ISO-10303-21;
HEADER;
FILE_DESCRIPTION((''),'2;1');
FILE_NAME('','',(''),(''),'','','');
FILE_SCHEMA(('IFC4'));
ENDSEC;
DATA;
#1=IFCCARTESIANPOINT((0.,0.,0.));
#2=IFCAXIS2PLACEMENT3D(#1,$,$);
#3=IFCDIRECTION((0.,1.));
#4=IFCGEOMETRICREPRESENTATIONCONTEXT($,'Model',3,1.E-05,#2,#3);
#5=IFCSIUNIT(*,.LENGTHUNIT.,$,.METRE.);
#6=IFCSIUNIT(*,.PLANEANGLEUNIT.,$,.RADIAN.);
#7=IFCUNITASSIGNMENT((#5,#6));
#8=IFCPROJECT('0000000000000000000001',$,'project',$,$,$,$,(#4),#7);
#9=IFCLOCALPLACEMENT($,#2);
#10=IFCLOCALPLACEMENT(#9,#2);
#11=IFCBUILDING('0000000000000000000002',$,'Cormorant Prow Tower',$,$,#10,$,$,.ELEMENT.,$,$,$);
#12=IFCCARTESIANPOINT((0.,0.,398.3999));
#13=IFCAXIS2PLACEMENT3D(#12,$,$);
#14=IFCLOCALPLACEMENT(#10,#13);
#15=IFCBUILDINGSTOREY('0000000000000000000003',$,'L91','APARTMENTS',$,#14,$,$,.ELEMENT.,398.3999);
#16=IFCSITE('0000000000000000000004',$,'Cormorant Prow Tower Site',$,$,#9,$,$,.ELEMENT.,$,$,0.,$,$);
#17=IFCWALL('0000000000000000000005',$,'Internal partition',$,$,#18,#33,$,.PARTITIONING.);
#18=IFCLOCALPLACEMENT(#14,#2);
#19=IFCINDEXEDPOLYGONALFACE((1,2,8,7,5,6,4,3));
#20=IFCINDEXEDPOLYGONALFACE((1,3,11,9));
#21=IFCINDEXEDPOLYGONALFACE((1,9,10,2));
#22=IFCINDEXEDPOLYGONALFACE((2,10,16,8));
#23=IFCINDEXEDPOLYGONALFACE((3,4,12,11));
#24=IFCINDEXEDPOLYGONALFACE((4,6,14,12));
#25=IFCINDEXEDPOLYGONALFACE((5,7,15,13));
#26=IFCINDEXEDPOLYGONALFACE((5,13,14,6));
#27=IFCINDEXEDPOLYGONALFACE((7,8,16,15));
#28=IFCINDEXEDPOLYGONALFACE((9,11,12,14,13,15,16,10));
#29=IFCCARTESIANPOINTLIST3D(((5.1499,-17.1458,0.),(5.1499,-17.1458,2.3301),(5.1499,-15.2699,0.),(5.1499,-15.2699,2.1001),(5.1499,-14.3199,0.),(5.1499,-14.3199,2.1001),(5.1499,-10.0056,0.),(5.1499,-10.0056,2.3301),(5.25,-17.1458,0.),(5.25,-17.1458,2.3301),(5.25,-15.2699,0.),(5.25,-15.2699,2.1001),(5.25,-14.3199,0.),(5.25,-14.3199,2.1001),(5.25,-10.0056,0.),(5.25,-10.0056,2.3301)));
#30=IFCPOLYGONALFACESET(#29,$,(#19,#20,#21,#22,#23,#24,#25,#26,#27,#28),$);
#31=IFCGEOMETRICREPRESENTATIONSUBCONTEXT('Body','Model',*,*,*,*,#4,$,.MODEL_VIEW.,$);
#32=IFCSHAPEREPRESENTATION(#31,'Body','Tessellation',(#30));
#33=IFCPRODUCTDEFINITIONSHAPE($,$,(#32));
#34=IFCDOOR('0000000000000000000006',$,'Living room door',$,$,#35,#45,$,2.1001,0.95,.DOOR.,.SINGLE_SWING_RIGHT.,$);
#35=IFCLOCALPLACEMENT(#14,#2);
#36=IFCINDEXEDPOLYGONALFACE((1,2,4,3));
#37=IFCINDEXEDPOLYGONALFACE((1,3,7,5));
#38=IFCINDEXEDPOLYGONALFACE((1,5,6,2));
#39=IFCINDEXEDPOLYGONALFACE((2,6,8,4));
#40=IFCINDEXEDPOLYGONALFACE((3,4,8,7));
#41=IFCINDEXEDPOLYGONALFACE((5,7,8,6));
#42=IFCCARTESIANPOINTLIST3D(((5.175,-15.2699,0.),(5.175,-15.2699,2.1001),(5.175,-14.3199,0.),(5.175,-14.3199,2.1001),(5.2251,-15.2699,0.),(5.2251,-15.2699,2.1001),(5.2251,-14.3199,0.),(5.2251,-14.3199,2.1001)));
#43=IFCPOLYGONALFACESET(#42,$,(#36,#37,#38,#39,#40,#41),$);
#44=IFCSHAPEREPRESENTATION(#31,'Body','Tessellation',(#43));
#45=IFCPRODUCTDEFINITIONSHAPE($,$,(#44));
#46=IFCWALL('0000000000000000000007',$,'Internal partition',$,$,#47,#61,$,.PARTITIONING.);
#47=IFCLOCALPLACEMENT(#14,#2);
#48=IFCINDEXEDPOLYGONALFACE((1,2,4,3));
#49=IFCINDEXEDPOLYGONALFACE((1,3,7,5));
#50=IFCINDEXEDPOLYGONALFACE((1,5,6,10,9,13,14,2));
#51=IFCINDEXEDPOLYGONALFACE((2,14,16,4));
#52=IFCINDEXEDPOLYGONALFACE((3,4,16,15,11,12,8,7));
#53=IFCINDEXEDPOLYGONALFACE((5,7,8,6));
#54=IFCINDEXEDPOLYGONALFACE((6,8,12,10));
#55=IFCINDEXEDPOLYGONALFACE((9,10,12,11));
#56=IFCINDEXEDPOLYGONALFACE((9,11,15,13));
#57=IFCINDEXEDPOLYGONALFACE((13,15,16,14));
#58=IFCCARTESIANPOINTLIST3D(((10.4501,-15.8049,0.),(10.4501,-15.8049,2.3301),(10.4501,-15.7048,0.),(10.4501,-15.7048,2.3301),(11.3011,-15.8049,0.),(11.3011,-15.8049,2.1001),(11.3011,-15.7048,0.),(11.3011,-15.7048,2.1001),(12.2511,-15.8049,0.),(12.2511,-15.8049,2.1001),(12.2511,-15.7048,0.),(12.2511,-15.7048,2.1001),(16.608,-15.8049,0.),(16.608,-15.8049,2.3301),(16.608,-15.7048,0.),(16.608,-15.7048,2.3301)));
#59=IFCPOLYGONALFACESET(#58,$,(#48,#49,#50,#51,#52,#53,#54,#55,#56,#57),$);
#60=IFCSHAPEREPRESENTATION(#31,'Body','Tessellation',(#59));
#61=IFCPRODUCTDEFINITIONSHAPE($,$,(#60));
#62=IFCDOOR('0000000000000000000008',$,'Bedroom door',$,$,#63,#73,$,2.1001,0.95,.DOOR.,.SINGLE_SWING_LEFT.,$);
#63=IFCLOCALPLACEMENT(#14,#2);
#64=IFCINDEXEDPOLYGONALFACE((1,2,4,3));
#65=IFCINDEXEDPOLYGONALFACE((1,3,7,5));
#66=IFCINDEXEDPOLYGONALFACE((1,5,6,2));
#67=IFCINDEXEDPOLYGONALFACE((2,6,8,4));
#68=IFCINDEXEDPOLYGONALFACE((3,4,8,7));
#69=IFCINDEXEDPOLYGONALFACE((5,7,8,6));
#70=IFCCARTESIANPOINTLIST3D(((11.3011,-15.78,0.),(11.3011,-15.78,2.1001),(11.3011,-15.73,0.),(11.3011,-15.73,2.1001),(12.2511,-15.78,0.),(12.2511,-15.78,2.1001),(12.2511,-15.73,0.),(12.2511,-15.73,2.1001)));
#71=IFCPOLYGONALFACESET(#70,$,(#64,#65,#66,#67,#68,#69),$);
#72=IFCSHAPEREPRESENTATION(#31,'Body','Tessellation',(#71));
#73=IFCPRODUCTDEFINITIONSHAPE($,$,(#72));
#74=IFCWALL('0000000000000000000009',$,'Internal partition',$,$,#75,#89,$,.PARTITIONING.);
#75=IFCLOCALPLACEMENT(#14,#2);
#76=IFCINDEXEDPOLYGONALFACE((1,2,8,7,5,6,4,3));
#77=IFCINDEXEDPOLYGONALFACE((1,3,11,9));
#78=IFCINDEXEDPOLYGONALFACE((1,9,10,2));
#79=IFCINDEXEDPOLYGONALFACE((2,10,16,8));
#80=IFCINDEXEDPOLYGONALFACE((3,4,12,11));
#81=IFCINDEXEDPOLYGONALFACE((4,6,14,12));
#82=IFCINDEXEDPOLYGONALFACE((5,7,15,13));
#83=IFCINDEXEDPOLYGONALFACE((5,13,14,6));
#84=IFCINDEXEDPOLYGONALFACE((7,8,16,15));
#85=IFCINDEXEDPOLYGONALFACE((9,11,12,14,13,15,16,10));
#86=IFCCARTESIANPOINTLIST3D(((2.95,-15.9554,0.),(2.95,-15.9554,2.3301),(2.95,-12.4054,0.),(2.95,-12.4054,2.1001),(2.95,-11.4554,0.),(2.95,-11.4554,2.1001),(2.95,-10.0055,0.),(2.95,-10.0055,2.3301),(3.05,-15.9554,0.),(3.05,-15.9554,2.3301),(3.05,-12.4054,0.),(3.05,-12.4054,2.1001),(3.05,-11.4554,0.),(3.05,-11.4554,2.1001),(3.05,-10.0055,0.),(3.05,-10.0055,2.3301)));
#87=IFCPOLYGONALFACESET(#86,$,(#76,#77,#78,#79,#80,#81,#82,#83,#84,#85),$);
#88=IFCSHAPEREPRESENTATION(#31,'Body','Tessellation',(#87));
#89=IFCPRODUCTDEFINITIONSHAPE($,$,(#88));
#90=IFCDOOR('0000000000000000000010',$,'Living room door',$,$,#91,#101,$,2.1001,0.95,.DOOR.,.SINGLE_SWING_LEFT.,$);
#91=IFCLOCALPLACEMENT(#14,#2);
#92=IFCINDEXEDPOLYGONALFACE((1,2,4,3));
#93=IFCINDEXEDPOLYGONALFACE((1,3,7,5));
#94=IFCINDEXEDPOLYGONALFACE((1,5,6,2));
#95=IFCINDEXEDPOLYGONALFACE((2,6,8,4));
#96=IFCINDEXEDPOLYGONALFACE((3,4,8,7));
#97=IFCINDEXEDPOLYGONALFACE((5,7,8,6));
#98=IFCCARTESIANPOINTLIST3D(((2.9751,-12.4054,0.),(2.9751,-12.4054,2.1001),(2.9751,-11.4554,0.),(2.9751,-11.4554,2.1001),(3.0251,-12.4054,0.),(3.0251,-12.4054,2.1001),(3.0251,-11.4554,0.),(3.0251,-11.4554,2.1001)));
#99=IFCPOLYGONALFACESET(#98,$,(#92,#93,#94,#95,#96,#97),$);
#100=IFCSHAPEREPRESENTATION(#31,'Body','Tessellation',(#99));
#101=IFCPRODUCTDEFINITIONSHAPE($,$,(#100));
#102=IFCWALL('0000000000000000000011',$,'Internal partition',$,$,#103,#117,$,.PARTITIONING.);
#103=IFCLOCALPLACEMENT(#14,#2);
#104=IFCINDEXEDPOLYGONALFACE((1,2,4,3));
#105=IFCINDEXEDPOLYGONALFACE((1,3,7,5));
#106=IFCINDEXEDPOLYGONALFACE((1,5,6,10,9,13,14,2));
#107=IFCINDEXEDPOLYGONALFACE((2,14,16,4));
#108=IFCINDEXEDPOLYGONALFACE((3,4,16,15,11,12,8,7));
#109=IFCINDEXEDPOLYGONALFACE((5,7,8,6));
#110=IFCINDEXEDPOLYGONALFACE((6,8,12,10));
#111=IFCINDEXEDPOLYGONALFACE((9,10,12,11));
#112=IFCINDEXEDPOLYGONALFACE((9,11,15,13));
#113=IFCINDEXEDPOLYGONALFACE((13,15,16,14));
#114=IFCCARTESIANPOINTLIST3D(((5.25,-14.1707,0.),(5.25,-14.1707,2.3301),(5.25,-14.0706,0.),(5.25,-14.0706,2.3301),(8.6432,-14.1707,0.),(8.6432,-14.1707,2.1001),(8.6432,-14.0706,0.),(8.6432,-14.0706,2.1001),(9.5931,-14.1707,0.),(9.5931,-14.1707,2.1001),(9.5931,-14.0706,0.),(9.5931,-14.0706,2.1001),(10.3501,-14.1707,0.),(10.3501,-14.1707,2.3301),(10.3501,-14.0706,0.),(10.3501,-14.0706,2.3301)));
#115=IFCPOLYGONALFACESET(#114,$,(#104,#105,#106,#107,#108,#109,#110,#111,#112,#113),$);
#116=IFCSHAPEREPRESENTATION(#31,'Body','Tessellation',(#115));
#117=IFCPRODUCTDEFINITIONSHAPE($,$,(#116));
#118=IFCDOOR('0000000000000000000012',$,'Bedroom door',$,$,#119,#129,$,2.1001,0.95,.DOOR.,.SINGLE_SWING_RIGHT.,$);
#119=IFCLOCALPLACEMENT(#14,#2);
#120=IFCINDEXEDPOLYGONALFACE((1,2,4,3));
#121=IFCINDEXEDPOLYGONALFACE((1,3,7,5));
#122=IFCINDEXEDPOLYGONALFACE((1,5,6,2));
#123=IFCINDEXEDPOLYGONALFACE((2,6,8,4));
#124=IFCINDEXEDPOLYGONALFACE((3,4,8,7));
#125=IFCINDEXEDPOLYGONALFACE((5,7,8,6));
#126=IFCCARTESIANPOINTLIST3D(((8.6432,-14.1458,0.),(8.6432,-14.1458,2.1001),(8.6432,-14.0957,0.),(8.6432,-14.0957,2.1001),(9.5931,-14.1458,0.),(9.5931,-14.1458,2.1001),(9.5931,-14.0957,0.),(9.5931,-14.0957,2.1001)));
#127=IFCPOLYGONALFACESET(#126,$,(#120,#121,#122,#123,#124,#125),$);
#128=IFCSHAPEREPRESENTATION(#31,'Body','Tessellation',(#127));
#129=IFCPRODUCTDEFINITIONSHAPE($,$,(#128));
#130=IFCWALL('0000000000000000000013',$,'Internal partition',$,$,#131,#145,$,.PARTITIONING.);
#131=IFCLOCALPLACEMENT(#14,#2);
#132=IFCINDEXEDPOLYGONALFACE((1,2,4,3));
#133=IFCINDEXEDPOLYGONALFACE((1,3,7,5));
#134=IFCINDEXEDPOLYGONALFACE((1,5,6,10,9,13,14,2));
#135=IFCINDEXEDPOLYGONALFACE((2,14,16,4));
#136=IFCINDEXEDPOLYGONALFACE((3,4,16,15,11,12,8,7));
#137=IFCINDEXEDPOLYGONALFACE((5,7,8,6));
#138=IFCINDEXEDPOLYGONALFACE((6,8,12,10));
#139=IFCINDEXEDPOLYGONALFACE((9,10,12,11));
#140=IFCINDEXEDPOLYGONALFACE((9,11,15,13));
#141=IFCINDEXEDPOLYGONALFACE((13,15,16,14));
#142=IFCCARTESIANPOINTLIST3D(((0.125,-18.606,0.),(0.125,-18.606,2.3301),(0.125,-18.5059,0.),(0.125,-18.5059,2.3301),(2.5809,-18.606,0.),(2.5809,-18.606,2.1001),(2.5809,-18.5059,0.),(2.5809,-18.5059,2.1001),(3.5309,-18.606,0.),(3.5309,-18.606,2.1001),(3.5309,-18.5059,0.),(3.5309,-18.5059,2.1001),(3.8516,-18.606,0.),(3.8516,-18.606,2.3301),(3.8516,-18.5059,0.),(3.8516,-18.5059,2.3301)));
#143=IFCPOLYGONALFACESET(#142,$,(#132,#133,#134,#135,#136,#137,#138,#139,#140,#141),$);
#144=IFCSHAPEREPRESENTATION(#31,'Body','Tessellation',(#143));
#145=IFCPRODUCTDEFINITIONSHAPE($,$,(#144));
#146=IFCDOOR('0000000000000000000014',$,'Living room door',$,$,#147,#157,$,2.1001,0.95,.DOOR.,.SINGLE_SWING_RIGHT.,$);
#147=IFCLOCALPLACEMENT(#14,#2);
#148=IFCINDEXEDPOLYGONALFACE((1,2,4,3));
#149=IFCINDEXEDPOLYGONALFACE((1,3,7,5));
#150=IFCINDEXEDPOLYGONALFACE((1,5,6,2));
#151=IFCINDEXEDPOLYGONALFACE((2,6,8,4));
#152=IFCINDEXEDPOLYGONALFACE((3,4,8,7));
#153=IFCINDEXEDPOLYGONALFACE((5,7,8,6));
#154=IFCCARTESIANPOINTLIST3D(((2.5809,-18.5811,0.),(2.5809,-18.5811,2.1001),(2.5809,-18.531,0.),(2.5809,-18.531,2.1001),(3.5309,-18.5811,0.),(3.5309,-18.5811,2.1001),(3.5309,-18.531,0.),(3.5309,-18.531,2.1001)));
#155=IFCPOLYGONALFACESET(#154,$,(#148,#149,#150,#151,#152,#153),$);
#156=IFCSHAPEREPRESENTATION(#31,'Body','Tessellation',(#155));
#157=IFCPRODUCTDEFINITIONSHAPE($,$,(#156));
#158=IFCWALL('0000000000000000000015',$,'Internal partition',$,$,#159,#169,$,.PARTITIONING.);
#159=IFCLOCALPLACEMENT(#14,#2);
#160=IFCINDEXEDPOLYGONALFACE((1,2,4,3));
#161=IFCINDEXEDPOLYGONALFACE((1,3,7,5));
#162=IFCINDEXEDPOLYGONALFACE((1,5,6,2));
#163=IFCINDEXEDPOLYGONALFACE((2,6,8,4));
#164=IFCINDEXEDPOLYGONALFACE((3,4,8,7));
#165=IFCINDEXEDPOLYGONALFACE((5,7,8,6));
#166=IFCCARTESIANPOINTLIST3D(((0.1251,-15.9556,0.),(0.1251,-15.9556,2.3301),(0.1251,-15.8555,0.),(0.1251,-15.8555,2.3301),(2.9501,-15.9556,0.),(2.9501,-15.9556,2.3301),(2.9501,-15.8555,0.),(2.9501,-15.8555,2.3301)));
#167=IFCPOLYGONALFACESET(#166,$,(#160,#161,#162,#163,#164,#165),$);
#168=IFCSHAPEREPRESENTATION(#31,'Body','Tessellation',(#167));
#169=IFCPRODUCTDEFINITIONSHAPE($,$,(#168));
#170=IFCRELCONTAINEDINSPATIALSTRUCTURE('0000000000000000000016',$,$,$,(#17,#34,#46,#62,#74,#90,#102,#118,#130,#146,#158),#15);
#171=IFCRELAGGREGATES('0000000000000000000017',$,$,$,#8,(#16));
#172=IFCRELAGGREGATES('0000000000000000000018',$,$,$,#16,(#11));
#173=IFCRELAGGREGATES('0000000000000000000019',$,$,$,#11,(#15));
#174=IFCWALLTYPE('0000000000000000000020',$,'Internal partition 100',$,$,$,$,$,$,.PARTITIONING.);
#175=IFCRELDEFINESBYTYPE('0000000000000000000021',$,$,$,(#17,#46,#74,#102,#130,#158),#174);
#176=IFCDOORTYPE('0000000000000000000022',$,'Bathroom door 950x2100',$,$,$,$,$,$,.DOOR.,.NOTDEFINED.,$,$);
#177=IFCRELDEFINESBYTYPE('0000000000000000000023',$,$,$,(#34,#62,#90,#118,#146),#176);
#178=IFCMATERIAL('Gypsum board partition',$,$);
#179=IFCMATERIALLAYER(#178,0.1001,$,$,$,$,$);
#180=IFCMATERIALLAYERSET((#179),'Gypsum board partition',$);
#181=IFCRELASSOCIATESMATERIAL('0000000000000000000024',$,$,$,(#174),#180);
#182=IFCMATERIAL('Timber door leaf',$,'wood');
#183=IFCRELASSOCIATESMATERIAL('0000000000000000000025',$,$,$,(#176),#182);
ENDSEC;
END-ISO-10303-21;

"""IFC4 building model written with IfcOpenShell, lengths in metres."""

from ifc_helpers import new_model, si_unit, direction, frame, frame_2d, origin, place, context, subcontext, project, spatial, rectangle, extrude, material, layer, layer_set, type_object, element, fill, save


model = new_model("IFC4")

# Units and contexts
model_context = context("Model", 3, precision=1e-05, world=origin(), true_north=direction((0.0, 1.0)))
body_context = subcontext(model_context, "Body", "Model", "MODEL_VIEW")
ifc_project = project(units=[si_unit("LENGTHUNIT", "METRE"), si_unit("PLANEANGLEUNIT", "RADIAN")], contexts=[model_context])

# Site, building, storey
site_placement = place(None, origin())
site = spatial("IfcSite", under=ifc_project, at=site_placement, Name="Cormorant Prow Tower Site", CompositionType="ELEMENT", RefElevation=0.0)
building_placement = place(site_placement, origin())
building = spatial("IfcBuilding", under=site, at=building_placement, Name="Cormorant Prow Tower", CompositionType="ELEMENT")
storey_placement = place(building_placement, frame((0.0, 0.0, 398.3999)))
storey = spatial("IfcBuildingStorey", under=building, at=storey_placement, Name="L91", Description="APARTMENTS", CompositionType="ELEMENT", Elevation=398.3999)

# Walls, openings, doors
ifc_material_1 = material(Name="Gypsum board partition")
ifc_layer_1 = layer(ifc_material_1, 0.1001)
ifc_layer_set_1 = layer_set([ifc_layer_1], Name="Gypsum board partition")
wall_type_1 = type_object("IfcWallType", Name="Internal partition 100", PredefinedType="PARTITIONING", material=ifc_layer_set_1)
ifc_material_2 = material(Name="Timber door leaf", Category="wood")
door_type_1 = type_object("IfcDoorType", Name="Bathroom door 950x2100", OperationType="NOTDEFINED", PredefinedType="DOOR", material=ifc_material_2)
wall_1_placement = place(storey_placement, frame((5.2, -17.1458, 0.0), z_axis=(0.0, 0.0, 1.0), x_axis=(0.0, 1.0, 0.0)))
wall_1 = element("IfcWall", 1, at=wall_1_placement, inside=storey, type_object=wall_type_1, Name="Internal partition", PredefinedType="PARTITIONING", context=body_context, shape_type="SweptSolid", body=[
    extrude(rectangle(XDim=7.1401, YDim=0.1001, at=frame_2d((3.5701, 0.0))), origin(), (0.0, 0.0, 1.0), 2.3301),
])
opening_1_placement = place(wall_1_placement, frame((1.8757, 0.0, 0.0)))
opening_1 = element("IfcOpeningElement", 2, at=opening_1_placement, cuts=wall_1, PredefinedType="OPENING", context=body_context, shape_type="SweptSolid", body=[
    extrude(rectangle(XDim=0.95, YDim=2.1001, at=frame_2d((0.4751, 1.05))), frame((0.0, 0.0601, 0.0), z_axis=(0.0, -1.0, 0.0), x_axis=(1.0, 0.0, 0.0)), (0.0, 0.0, 1.0), 0.1201),
])
door_1_placement = place(opening_1_placement, origin())
door_1 = element("IfcDoor", 3, at=door_1_placement, inside=storey, type_object=door_type_1, Name="Living room door", OperationType="SINGLE_SWING_RIGHT", OverallHeight=2.1001, OverallWidth=0.95, PredefinedType="DOOR", context=body_context, shape_type="SweptSolid", body=[
    extrude(rectangle(XDim=0.95, YDim=2.1001, at=frame_2d((0.4751, 1.05))), frame((0.0, 0.0249, 0.0), z_axis=(0.0, -1.0, 0.0), x_axis=(1.0, 0.0, 0.0)), (0.0, 0.0, 1.0), 0.05),
])
fill(opening_1, door_1)
wall_2_placement = place(storey_placement, frame((10.45, -15.7549, 0.0), z_axis=(0.0, 0.0, 1.0), x_axis=(1.0, 0.0, 0.0)))
wall_2 = element("IfcWall", 4, at=wall_2_placement, inside=storey, type_object=wall_type_1, Name="Internal partition", PredefinedType="PARTITIONING", context=body_context, shape_type="SweptSolid", body=[
    extrude(rectangle(XDim=6.158, YDim=0.1001, at=frame_2d((3.0791, 0.0))), origin(), (0.0, 0.0, 1.0), 2.3301),
])
opening_2_placement = place(wall_2_placement, frame((0.8511, 0.0, 0.0)))
opening_2 = element("IfcOpeningElement", 5, at=opening_2_placement, cuts=wall_2, PredefinedType="OPENING", context=body_context, shape_type="SweptSolid", body=[
    extrude(rectangle(XDim=0.95, YDim=2.1001, at=frame_2d((0.4751, 1.05))), frame((0.0, 0.0601, 0.0), z_axis=(0.0, -1.0, 0.0), x_axis=(1.0, 0.0, 0.0)), (0.0, 0.0, 1.0), 0.1201),
])
door_2_placement = place(opening_2_placement, origin())
door_2 = element("IfcDoor", 6, at=door_2_placement, inside=storey, type_object=door_type_1, Name="Bedroom door", OperationType="SINGLE_SWING_LEFT", OverallHeight=2.1001, OverallWidth=0.95, PredefinedType="DOOR", context=body_context, shape_type="SweptSolid", body=[
    extrude(rectangle(XDim=0.95, YDim=2.1001, at=frame_2d((0.4751, 1.05))), frame((0.0, 0.0249, 0.0), z_axis=(0.0, -1.0, 0.0), x_axis=(1.0, 0.0, 0.0)), (0.0, 0.0, 1.0), 0.05),
])
fill(opening_2, door_2)
wall_3_placement = place(storey_placement, frame((3.0, -15.9556, 0.0), z_axis=(0.0, 0.0, 1.0), x_axis=(0.0, 1.0, 0.0)))
wall_3 = element("IfcWall", 7, at=wall_3_placement, inside=storey, type_object=wall_type_1, Name="Internal partition", PredefinedType="PARTITIONING", context=body_context, shape_type="SweptSolid", body=[
    extrude(rectangle(XDim=5.95, YDim=0.1001, at=frame_2d((2.9751, 0.0))), origin(), (0.0, 0.0, 1.0), 2.3301),
])
opening_3_placement = place(wall_3_placement, frame((3.55, 0.0, 0.0)))
opening_3 = element("IfcOpeningElement", 8, at=opening_3_placement, cuts=wall_3, PredefinedType="OPENING", context=body_context, shape_type="SweptSolid", body=[
    extrude(rectangle(XDim=0.95, YDim=2.1001, at=frame_2d((0.4751, 1.05))), frame((0.0, 0.0601, 0.0), z_axis=(0.0, -1.0, 0.0), x_axis=(1.0, 0.0, 0.0)), (0.0, 0.0, 1.0), 0.1201),
])
door_3_placement = place(opening_3_placement, origin())
door_3 = element("IfcDoor", 9, at=door_3_placement, inside=storey, type_object=door_type_1, Name="Living room door", OperationType="SINGLE_SWING_LEFT", OverallHeight=2.1001, OverallWidth=0.95, PredefinedType="DOOR", context=body_context, shape_type="SweptSolid", body=[
    extrude(rectangle(XDim=0.95, YDim=2.1001, at=frame_2d((0.4751, 1.05))), frame((0.0, 0.0249, 0.0), z_axis=(0.0, -1.0, 0.0), x_axis=(1.0, 0.0, 0.0)), (0.0, 0.0, 1.0), 0.05),
])
fill(opening_3, door_3)
wall_4_placement = place(storey_placement, frame((5.25, -14.1206, 0.0), z_axis=(0.0, 0.0, 1.0), x_axis=(1.0, 0.0, 0.0)))
wall_4 = element("IfcWall", 10, at=wall_4_placement, inside=storey, type_object=wall_type_1, Name="Internal partition", PredefinedType="PARTITIONING", context=body_context, shape_type="SweptSolid", body=[
    extrude(rectangle(XDim=5.1001, YDim=0.1001, at=frame_2d((2.55, 0.0))), origin(), (0.0, 0.0, 1.0), 2.3301),
])
opening_4_placement = place(wall_4_placement, frame((3.3931, 0.0, 0.0)))
opening_4 = element("IfcOpeningElement", 11, at=opening_4_placement, cuts=wall_4, PredefinedType="OPENING", context=body_context, shape_type="SweptSolid", body=[
    extrude(rectangle(XDim=0.95, YDim=2.1001, at=frame_2d((0.4751, 1.05))), frame((0.0, 0.0601, 0.0), z_axis=(0.0, -1.0, 0.0), x_axis=(1.0, 0.0, 0.0)), (0.0, 0.0, 1.0), 0.1201),
])
door_4_placement = place(opening_4_placement, origin())
door_4 = element("IfcDoor", 12, at=door_4_placement, inside=storey, type_object=door_type_1, Name="Bedroom door", OperationType="SINGLE_SWING_RIGHT", OverallHeight=2.1001, OverallWidth=0.95, PredefinedType="DOOR", context=body_context, shape_type="SweptSolid", body=[
    extrude(rectangle(XDim=0.95, YDim=2.1001, at=frame_2d((0.4751, 1.05))), frame((0.0, 0.0249, 0.0), z_axis=(0.0, -1.0, 0.0), x_axis=(1.0, 0.0, 0.0)), (0.0, 0.0, 1.0), 0.05),
])
fill(opening_4, door_4)
wall_5_placement = place(storey_placement, frame((0.125, -18.5559, 0.0), z_axis=(0.0, 0.0, 1.0), x_axis=(1.0, 0.0, 0.0)))
wall_5 = element("IfcWall", 13, at=wall_5_placement, inside=storey, type_object=wall_type_1, Name="Internal partition", PredefinedType="PARTITIONING", context=body_context, shape_type="SweptSolid", body=[
    extrude(rectangle(XDim=3.7266, YDim=0.1001, at=frame_2d((1.8633, 0.0))), origin(), (0.0, 0.0, 1.0), 2.3301),
])
opening_5_placement = place(wall_5_placement, frame((2.4558, 0.0, 0.0)))
opening_5 = element("IfcOpeningElement", 14, at=opening_5_placement, cuts=wall_5, PredefinedType="OPENING", context=body_context, shape_type="SweptSolid", body=[
    extrude(rectangle(XDim=0.95, YDim=2.1001, at=frame_2d((0.4751, 1.05))), frame((0.0, 0.0601, 0.0), z_axis=(0.0, -1.0, 0.0), x_axis=(1.0, 0.0, 0.0)), (0.0, 0.0, 1.0), 0.1201),
])
door_5_placement = place(opening_5_placement, origin())
door_5 = element("IfcDoor", 15, at=door_5_placement, inside=storey, type_object=door_type_1, Name="Living room door", OperationType="SINGLE_SWING_RIGHT", OverallHeight=2.1001, OverallWidth=0.95, PredefinedType="DOOR", context=body_context, shape_type="SweptSolid", body=[
    extrude(rectangle(XDim=0.95, YDim=2.1001, at=frame_2d((0.4751, 1.05))), frame((0.0, 0.0249, 0.0), z_axis=(0.0, -1.0, 0.0), x_axis=(1.0, 0.0, 0.0)), (0.0, 0.0, 1.0), 0.05),
])
fill(opening_5, door_5)

# Wall
wall_6_placement = place(storey_placement, frame((0.125, -15.9055, 0.0), z_axis=(0.0, 0.0, 1.0), x_axis=(1.0, 0.0, 0.0)))
element("IfcWall", 16, at=wall_6_placement, inside=storey, type_object=wall_type_1, Name="Internal partition", PredefinedType="PARTITIONING", context=body_context, shape_type="SweptSolid", body=[
    extrude(rectangle(XDim=2.825, YDim=0.1001, at=frame_2d((1.4126, 0.0))), origin(), (0.0, 0.0, 1.0), 2.3301),
])

save(model, "model.ifc")
